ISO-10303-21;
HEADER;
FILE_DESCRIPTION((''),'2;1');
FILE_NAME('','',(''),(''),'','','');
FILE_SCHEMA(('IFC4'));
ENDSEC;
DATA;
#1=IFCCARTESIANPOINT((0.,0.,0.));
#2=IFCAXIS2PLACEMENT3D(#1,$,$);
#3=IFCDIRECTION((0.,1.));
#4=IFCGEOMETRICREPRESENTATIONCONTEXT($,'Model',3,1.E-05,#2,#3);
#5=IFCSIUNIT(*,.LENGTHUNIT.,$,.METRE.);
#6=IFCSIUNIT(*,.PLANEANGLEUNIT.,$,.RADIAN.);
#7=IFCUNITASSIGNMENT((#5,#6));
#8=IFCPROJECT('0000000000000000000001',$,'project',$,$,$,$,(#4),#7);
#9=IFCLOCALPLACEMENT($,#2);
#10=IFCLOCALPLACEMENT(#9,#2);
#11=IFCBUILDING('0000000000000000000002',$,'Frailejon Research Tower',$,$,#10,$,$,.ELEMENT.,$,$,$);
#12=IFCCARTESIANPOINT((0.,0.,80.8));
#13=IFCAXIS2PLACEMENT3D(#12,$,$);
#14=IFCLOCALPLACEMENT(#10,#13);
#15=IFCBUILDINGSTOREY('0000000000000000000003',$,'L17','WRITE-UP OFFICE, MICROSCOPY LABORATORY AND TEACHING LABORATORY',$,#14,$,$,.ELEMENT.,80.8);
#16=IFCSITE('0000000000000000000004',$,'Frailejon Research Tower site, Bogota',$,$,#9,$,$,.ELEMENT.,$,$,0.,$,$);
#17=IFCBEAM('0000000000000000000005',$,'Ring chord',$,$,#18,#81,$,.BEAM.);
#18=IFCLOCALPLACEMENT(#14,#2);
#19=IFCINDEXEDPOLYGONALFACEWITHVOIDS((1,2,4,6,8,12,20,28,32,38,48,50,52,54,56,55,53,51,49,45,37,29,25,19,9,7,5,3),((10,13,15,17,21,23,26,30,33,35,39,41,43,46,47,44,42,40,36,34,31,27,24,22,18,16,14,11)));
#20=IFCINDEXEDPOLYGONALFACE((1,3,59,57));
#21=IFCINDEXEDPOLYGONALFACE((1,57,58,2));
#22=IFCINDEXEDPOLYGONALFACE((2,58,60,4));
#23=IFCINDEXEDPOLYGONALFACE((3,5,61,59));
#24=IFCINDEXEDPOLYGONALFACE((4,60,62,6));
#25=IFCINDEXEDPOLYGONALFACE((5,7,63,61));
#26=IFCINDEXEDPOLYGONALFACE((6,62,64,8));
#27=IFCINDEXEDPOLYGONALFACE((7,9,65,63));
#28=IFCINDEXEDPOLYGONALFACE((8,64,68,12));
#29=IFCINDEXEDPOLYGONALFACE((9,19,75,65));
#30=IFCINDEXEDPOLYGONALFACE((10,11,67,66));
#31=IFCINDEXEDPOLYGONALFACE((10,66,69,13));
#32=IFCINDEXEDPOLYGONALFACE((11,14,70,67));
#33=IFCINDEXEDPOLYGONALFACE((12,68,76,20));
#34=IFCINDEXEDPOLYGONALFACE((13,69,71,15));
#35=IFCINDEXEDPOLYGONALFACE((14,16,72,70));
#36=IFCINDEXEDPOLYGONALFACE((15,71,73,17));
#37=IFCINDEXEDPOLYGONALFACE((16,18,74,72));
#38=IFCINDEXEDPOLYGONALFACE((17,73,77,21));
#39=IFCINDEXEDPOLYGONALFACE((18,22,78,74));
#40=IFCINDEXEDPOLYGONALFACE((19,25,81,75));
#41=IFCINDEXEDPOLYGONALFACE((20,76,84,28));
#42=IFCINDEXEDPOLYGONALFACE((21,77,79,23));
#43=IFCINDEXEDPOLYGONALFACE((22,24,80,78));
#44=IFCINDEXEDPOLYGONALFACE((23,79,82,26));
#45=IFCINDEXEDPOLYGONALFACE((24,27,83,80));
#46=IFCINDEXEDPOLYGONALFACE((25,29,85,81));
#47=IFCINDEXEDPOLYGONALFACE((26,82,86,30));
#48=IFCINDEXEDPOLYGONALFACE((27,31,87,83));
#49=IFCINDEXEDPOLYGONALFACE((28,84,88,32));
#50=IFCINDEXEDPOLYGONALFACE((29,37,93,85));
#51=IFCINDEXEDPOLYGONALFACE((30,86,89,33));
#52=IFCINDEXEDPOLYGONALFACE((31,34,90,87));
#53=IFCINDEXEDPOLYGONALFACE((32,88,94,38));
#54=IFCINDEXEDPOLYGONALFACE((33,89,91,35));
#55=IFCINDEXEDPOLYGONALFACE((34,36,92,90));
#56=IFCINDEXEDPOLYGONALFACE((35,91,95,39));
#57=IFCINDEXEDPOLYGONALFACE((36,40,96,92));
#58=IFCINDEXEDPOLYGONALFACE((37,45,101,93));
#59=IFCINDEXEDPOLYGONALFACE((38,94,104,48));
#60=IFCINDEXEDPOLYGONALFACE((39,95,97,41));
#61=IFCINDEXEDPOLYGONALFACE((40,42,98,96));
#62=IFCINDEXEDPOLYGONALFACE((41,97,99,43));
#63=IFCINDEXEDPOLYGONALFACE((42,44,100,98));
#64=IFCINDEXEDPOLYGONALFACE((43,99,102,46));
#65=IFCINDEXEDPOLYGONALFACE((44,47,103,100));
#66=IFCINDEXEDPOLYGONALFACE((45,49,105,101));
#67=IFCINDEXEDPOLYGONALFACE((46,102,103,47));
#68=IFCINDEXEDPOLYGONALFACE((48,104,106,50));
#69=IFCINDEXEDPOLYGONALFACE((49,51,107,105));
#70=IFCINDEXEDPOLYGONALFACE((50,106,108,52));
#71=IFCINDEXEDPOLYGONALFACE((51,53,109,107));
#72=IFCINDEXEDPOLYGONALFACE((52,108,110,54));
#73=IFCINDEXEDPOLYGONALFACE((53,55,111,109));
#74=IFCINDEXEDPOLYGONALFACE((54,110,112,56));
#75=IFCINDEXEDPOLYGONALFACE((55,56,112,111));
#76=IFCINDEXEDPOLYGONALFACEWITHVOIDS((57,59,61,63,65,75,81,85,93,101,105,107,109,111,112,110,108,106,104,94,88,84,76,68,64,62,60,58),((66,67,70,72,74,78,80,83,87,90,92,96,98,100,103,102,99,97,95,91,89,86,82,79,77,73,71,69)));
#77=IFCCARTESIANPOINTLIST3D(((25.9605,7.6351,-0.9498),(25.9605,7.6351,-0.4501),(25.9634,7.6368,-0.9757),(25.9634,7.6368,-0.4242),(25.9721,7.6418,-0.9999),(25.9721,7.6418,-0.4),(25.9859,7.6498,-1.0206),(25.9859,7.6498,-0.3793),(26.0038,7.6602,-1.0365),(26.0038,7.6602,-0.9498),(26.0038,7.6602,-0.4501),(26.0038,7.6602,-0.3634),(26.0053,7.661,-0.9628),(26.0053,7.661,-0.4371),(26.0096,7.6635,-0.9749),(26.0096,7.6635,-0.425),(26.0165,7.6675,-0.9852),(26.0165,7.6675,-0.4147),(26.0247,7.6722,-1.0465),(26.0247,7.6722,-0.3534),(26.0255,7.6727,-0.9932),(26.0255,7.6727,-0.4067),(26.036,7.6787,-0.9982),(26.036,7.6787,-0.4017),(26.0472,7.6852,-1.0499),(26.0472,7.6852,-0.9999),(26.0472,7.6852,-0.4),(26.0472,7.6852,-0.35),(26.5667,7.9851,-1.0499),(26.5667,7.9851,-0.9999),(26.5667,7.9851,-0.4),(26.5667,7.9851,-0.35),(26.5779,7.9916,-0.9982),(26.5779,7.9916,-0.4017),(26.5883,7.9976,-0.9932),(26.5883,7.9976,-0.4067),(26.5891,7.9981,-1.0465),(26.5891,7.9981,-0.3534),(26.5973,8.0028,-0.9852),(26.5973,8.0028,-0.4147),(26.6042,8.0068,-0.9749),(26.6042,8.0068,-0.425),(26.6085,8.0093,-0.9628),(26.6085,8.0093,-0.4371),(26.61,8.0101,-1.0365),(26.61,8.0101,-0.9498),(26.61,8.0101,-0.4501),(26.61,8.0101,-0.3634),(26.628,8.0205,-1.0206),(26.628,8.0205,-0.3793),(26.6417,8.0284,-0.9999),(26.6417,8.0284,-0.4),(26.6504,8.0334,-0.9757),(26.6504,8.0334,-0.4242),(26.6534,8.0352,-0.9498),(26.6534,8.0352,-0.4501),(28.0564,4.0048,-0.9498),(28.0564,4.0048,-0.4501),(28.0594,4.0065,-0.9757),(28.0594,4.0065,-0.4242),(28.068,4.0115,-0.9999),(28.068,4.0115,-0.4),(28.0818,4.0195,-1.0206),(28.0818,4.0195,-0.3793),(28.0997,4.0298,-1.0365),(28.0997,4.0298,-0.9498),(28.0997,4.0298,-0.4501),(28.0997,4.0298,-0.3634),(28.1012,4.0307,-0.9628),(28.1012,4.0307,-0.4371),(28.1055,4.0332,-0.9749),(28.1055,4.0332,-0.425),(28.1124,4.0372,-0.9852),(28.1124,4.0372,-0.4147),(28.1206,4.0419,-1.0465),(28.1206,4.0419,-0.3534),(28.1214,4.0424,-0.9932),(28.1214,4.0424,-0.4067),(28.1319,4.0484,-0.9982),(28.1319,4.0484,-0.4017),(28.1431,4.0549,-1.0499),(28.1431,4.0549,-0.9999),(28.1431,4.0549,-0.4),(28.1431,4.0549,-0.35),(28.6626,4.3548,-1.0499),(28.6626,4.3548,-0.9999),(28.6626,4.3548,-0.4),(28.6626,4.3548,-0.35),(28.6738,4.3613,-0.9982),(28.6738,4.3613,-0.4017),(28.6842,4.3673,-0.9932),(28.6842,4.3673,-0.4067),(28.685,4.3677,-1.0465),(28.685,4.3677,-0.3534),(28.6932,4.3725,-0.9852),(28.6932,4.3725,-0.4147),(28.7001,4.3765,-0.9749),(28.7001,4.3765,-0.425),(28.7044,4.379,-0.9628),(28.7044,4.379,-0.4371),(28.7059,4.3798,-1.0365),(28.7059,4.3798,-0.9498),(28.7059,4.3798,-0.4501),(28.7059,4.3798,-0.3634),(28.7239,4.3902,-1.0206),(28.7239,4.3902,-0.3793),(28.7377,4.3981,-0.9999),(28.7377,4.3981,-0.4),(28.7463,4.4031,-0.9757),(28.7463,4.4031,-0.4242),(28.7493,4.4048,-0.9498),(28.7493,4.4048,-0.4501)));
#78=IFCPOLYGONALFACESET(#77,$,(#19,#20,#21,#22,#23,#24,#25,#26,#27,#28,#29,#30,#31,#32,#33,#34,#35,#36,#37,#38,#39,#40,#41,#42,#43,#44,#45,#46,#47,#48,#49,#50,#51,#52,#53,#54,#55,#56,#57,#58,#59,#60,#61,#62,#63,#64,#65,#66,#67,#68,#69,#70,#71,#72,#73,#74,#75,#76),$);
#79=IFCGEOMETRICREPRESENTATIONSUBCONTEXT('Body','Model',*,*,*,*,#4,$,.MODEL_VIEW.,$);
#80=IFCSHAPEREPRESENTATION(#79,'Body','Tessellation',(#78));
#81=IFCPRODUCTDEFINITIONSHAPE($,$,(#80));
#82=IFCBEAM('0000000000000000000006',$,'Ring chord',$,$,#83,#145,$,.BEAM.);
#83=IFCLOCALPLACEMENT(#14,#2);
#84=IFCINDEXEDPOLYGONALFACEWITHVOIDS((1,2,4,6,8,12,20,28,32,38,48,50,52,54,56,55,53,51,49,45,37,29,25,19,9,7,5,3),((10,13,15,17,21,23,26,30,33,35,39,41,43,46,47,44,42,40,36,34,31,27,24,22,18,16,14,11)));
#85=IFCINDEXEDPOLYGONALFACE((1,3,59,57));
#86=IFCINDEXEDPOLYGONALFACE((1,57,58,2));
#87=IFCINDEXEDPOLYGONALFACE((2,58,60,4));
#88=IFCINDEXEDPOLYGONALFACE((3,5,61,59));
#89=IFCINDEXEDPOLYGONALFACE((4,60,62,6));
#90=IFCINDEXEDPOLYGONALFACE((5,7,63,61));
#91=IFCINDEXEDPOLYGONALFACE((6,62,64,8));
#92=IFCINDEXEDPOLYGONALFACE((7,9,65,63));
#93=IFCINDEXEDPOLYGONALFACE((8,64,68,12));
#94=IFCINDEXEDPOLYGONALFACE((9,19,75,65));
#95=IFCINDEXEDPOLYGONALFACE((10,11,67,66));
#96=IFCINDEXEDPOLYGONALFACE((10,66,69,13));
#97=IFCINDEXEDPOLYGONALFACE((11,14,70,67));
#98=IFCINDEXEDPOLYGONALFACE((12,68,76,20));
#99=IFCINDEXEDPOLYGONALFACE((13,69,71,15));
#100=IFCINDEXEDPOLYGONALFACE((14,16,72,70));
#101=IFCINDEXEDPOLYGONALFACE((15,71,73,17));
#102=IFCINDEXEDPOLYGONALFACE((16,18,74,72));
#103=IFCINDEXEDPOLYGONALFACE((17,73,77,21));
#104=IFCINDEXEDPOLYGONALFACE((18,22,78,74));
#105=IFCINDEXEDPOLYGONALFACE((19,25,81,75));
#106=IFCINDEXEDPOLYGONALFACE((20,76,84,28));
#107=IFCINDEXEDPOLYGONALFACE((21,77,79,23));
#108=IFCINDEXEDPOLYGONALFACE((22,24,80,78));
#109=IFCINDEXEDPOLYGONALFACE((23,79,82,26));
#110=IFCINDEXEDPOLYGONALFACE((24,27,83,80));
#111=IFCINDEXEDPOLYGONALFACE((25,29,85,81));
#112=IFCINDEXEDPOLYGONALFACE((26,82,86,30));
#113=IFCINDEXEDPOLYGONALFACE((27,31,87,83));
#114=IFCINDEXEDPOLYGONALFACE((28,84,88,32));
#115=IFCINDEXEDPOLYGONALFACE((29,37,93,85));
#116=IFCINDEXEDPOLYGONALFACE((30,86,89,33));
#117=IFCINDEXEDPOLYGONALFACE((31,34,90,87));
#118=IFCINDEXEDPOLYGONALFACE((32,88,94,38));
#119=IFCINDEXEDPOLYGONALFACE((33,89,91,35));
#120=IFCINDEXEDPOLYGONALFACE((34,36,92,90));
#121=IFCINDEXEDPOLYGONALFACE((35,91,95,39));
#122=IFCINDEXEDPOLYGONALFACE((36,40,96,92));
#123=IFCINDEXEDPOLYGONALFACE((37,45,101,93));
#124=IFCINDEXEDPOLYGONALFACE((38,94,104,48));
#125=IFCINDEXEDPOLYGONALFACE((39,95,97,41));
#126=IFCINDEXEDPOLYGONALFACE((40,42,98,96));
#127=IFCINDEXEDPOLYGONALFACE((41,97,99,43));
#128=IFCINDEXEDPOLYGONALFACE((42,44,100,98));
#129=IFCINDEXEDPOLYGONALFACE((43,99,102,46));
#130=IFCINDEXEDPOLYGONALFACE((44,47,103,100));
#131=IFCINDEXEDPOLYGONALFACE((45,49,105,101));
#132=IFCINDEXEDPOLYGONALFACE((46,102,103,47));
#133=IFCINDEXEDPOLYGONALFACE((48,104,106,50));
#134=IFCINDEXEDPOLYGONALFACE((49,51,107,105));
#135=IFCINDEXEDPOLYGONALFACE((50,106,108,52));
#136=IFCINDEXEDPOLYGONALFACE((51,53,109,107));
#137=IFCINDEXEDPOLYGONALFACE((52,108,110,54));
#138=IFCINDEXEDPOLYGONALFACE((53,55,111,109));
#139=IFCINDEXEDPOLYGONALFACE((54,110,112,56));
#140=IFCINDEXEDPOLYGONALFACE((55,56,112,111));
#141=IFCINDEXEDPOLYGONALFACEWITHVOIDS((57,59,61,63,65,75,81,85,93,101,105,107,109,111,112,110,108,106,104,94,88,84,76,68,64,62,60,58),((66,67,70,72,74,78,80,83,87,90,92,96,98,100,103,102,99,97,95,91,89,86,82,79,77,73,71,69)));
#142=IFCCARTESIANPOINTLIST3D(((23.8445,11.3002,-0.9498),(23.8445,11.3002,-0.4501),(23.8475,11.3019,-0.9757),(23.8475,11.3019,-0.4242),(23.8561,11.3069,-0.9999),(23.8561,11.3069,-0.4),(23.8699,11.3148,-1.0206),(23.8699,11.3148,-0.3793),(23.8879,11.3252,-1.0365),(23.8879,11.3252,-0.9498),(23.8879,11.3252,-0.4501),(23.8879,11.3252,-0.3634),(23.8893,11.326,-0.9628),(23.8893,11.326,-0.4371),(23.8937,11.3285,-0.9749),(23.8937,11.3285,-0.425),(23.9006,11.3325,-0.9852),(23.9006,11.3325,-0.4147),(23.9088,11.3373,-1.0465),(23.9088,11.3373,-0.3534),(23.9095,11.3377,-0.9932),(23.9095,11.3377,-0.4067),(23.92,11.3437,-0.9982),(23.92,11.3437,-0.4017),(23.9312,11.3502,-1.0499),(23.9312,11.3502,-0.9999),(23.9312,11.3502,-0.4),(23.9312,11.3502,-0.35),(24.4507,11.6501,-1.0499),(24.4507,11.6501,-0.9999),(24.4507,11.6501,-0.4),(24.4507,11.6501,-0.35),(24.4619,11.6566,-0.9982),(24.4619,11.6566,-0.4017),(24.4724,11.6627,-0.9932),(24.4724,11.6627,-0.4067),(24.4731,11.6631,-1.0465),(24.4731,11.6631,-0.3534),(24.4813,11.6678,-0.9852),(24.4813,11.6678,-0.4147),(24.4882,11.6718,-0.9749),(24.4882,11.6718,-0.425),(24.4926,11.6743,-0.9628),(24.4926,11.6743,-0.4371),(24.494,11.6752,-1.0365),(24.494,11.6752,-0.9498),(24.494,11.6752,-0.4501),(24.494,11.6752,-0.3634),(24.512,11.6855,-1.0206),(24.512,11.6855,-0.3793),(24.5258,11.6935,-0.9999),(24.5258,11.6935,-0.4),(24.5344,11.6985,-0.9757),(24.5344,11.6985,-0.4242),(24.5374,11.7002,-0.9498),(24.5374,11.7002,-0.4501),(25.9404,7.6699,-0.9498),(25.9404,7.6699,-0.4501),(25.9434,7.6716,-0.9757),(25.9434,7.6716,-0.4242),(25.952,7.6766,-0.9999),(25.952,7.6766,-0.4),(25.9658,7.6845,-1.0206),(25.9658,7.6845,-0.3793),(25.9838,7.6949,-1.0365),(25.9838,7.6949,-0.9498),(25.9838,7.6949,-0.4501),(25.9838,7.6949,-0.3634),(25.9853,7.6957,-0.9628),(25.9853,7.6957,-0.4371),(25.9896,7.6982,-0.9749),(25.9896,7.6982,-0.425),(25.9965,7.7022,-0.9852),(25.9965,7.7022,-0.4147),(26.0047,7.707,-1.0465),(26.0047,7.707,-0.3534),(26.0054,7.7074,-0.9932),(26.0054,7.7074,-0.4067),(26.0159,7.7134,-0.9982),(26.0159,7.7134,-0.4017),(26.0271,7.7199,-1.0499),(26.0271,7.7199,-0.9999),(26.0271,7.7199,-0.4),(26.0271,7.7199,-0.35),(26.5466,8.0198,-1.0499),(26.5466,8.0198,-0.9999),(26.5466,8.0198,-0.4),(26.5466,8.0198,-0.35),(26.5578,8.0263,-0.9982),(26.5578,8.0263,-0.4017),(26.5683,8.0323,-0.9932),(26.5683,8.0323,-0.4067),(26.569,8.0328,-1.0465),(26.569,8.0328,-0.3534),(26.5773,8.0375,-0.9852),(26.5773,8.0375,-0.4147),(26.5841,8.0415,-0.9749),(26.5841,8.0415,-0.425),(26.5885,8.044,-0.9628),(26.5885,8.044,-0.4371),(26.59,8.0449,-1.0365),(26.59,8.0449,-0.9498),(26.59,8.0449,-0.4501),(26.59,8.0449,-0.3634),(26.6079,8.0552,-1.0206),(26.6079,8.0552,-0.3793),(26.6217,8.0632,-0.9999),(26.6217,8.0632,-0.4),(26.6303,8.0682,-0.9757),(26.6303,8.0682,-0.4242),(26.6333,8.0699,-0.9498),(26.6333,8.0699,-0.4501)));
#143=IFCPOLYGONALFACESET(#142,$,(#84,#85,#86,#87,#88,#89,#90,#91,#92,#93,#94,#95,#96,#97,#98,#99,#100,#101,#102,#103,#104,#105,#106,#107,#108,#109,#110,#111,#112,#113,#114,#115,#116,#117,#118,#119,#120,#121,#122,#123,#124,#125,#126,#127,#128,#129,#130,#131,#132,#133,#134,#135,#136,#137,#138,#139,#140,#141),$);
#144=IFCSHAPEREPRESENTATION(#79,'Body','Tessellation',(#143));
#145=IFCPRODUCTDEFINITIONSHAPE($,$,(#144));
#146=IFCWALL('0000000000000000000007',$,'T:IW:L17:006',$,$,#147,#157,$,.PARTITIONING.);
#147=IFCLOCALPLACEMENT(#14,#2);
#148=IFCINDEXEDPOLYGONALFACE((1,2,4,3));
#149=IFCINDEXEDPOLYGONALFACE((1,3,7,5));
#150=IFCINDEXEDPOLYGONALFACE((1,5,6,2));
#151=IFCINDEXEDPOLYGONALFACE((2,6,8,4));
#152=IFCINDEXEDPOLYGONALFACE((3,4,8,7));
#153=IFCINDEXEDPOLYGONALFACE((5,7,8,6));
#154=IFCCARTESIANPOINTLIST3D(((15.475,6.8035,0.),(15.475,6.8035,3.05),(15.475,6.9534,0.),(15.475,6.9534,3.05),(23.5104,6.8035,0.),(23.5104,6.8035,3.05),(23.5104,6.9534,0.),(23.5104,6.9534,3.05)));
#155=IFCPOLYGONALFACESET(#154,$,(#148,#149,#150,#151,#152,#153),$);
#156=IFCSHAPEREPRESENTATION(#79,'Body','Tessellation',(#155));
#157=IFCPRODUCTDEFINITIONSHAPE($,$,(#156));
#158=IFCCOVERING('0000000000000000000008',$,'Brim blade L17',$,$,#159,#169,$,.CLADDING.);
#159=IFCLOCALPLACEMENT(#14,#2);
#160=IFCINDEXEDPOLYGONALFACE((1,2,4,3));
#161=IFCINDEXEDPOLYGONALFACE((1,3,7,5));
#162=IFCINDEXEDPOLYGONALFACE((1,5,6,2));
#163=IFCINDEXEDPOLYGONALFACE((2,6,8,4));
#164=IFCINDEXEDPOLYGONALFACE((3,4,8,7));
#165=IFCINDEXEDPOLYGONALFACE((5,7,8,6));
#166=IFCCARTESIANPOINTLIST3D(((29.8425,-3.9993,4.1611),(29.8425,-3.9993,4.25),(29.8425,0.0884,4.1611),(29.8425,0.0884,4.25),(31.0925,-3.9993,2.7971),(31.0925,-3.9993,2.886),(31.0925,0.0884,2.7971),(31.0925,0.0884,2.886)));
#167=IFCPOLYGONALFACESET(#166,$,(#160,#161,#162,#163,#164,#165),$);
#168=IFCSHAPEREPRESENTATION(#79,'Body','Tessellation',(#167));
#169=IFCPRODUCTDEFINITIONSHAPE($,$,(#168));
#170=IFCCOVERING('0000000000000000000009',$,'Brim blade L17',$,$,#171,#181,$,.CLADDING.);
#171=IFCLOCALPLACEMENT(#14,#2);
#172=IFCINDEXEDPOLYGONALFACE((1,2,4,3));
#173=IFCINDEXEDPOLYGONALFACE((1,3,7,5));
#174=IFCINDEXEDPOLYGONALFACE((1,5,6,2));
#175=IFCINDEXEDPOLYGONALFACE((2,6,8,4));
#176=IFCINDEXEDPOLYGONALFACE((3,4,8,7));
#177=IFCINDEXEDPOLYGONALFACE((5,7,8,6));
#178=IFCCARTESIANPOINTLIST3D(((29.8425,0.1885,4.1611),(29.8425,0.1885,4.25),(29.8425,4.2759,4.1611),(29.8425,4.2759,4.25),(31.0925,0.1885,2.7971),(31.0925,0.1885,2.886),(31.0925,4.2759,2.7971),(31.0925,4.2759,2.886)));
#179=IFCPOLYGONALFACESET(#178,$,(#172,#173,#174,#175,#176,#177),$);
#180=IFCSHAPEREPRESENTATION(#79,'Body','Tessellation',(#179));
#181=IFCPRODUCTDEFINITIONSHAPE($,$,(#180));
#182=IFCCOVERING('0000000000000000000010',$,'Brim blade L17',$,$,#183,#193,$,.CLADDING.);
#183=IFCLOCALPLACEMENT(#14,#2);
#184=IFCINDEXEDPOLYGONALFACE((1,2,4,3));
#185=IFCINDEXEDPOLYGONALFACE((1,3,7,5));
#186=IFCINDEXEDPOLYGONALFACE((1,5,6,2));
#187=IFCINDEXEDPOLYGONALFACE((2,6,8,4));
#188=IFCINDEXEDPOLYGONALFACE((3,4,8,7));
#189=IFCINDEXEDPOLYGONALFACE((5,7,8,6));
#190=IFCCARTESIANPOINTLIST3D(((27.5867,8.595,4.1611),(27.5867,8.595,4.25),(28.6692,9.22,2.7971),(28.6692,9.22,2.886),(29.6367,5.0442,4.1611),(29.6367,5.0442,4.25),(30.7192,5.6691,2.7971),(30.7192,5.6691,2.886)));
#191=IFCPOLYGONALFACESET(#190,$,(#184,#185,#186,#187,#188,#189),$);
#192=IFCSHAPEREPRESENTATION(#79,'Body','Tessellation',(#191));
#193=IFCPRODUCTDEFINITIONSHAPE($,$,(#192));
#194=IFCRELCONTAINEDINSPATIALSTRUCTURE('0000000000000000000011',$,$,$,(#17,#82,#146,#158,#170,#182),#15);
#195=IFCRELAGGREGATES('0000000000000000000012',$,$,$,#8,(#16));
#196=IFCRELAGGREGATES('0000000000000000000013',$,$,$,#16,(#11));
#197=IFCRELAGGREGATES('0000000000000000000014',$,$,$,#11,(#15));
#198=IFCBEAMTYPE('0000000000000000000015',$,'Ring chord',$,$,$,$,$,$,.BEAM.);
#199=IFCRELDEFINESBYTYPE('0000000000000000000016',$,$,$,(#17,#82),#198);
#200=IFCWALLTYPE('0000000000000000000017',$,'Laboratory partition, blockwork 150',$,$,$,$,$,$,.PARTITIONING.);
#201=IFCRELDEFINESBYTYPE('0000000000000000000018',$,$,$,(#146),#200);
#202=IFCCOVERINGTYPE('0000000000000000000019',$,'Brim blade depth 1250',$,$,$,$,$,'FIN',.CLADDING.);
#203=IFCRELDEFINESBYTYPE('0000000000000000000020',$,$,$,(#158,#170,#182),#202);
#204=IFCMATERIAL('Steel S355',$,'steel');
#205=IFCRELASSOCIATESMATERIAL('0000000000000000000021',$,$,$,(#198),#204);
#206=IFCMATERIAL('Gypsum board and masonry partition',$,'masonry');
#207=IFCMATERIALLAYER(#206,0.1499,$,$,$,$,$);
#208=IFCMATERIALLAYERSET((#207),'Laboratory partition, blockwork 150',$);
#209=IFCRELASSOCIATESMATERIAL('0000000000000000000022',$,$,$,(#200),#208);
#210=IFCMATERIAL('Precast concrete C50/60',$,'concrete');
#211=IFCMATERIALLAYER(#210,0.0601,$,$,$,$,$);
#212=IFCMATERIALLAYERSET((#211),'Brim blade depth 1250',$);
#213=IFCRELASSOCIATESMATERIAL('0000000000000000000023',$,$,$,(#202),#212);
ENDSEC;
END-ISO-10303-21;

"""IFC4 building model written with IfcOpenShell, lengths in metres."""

from ifc_helpers import new_model, si_unit, direction, frame, frame_2d, origin, origin_2d, place, context, subcontext, project, spatial, polyline, rectangle, hollow_rectangle, outline, extrude, material, layer, layer_set, material_profile, profile_set, type_object, element, save


model = new_model("IFC4")

# Units and contexts
model_context = context("Model", 3, precision=1e-05, world=origin(), true_north=direction((0.0, 1.0)))
body_context = subcontext(model_context, "Body", "Model", "MODEL_VIEW")
ifc_project = project(units=[si_unit("LENGTHUNIT", "METRE"), si_unit("PLANEANGLEUNIT", "RADIAN")], contexts=[model_context])

# Site, building, storey
site_placement = place(None, origin())
site = spatial("IfcSite", under=ifc_project, at=site_placement, Name="Frailejon Research Tower site, Bogota", CompositionType="ELEMENT", RefElevation=0.0)
building_placement = place(site_placement, origin())
building = spatial("IfcBuilding", under=site, at=building_placement, Name="Frailejon Research Tower", CompositionType="ELEMENT")
storey_placement = place(building_placement, frame((0.0, 0.0, 80.8)))
storey = spatial("IfcBuildingStorey", under=building, at=storey_placement, Name="L17", Description="WRITE-UP OFFICE, MICROSCOPY LABORATORY AND TEACHING LABORATORY", CompositionType="ELEMENT", Elevation=80.8)

# Beams
ifc_material_1 = material(Name="Steel S355", Category="steel")
ifc_material_profile_1 = material_profile(ifc_material_1, hollow_rectangle(XDim=0.8, YDim=0.7, WallThickness=0.05, InnerFilletRadius=0.05, OuterFilletRadius=0.1001, at=origin_2d()), Name="Ring chord")
ifc_profile_set_1 = profile_set([ifc_material_profile_1], Name="Steel S355")
beam_type_1 = type_object("IfcBeamType", Name="Ring chord", PredefinedType="BEAM", material=ifc_profile_set_1)
for number, where, z_axis, x_axis, name in (
    (1, (28.4028, 4.2048, -0.7), (-0.499991, 0.86603, 0.0), (-0.86603, -0.499991, 0.0), "Ring chord"),
    (2, (26.2869, 7.8699, -0.7), (-0.499991, 0.86603, 0.0), (-0.86603, -0.499991, 0.0), "Ring chord"),
):
    element("IfcBeam", number, at=place(storey_placement, frame(where, z_axis=z_axis, x_axis=x_axis)), inside=storey, type_object=beam_type_1, Name=name, PredefinedType="BEAM", context=body_context, shape_type="SweptSolid", body=[
        extrude(hollow_rectangle(XDim=0.8, YDim=0.7, WallThickness=0.05, InnerFilletRadius=0.05, OuterFilletRadius=0.1001, at=origin_2d()), origin(), (0.0, 0.0, 1.0), 4.1919),
    ])

# Wall
ifc_material_2 = material(Name="Gypsum board and masonry partition", Category="masonry")
ifc_layer_1 = layer(ifc_material_2, 0.1499)
ifc_layer_set_1 = layer_set([ifc_layer_1], Name="Laboratory partition, blockwork 150")
wall_type_1 = type_object("IfcWallType", Name="Laboratory partition, blockwork 150", PredefinedType="PARTITIONING", material=ifc_layer_set_1)
wall_1_placement = place(storey_placement, frame((15.4751, 6.8784, 0.0), z_axis=(0.0, 0.0, 1.0), x_axis=(1.0, 0.0, 0.0)))
element("IfcWall", 3, at=wall_1_placement, inside=storey, type_object=wall_type_1, Name="T:IW:L17:006", PredefinedType="PARTITIONING", context=body_context, shape_type="SweptSolid", body=[
    extrude(rectangle(XDim=8.0354, YDim=0.1499, at=frame_2d((4.0176, 0.0))), origin(), (0.0, 0.0, 1.0), 3.05),
])

# Coverings
ifc_material_3 = material(Name="Precast concrete C50/60", Category="concrete")
ifc_layer_2 = layer(ifc_material_3, 0.0601)
ifc_layer_set_2 = layer_set([ifc_layer_2], Name="Brim blade depth 1250")
covering_type = type_object("IfcCoveringType", Name="Brim blade depth 1250", ElementType="FIN", PredefinedType="CLADDING", material=ifc_layer_set_2)
covering_1_placement = place(storey_placement, frame((29.8425, 0.0884, 4.25), z_axis=(0.0, -1.0, 0.0), x_axis=(1.0, 0.0, 0.0)))
element("IfcCovering", 4, at=covering_1_placement, inside=storey, type_object=covering_type, Name="Brim blade L17", PredefinedType="CLADDING", context=body_context, shape_type="SweptSolid", body=[
    extrude(outline(polyline([(0.0, -0.0889), (1.25, -1.4529), (1.25, -1.364), (0.0, 0.0), (0.0, -0.0889)])), origin(), (0.0, 0.0, 1.0), 4.0876),
])
covering_2_placement = place(storey_placement, frame((29.8425, 4.2759, 4.25), z_axis=(0.0, -1.0, 0.0), x_axis=(1.0, 0.0, 0.0)))
element("IfcCovering", 5, at=covering_2_placement, inside=storey, type_object=covering_type, Name="Brim blade L17", PredefinedType="CLADDING", context=body_context, shape_type="SweptSolid", body=[
    extrude(outline(polyline([(0.0, -0.0889), (1.25, -1.4529), (1.25, -1.364), (0.0, 0.0), (0.0, -0.0889)])), origin(), (0.0, 0.0, 1.0), 4.0874),
])
covering_3_placement = place(storey_placement, frame((27.5867, 8.595, 4.25), z_axis=(0.49999, -0.866031, 0.0), x_axis=(0.866031, 0.49999, 0.0)))
element("IfcCovering", 6, at=covering_3_placement, inside=storey, type_object=covering_type, Name="Brim blade L17", PredefinedType="CLADDING", context=body_context, shape_type="SweptSolid", body=[
    extrude(outline(polyline([(0.0, -0.0889), (1.25, -1.4529), (1.25, -1.364), (0.0, 0.0), (0.0, -0.0889)])), origin(), (0.0, 0.0, 1.0), 4.1001),
])

save(model, "model.ifc")
